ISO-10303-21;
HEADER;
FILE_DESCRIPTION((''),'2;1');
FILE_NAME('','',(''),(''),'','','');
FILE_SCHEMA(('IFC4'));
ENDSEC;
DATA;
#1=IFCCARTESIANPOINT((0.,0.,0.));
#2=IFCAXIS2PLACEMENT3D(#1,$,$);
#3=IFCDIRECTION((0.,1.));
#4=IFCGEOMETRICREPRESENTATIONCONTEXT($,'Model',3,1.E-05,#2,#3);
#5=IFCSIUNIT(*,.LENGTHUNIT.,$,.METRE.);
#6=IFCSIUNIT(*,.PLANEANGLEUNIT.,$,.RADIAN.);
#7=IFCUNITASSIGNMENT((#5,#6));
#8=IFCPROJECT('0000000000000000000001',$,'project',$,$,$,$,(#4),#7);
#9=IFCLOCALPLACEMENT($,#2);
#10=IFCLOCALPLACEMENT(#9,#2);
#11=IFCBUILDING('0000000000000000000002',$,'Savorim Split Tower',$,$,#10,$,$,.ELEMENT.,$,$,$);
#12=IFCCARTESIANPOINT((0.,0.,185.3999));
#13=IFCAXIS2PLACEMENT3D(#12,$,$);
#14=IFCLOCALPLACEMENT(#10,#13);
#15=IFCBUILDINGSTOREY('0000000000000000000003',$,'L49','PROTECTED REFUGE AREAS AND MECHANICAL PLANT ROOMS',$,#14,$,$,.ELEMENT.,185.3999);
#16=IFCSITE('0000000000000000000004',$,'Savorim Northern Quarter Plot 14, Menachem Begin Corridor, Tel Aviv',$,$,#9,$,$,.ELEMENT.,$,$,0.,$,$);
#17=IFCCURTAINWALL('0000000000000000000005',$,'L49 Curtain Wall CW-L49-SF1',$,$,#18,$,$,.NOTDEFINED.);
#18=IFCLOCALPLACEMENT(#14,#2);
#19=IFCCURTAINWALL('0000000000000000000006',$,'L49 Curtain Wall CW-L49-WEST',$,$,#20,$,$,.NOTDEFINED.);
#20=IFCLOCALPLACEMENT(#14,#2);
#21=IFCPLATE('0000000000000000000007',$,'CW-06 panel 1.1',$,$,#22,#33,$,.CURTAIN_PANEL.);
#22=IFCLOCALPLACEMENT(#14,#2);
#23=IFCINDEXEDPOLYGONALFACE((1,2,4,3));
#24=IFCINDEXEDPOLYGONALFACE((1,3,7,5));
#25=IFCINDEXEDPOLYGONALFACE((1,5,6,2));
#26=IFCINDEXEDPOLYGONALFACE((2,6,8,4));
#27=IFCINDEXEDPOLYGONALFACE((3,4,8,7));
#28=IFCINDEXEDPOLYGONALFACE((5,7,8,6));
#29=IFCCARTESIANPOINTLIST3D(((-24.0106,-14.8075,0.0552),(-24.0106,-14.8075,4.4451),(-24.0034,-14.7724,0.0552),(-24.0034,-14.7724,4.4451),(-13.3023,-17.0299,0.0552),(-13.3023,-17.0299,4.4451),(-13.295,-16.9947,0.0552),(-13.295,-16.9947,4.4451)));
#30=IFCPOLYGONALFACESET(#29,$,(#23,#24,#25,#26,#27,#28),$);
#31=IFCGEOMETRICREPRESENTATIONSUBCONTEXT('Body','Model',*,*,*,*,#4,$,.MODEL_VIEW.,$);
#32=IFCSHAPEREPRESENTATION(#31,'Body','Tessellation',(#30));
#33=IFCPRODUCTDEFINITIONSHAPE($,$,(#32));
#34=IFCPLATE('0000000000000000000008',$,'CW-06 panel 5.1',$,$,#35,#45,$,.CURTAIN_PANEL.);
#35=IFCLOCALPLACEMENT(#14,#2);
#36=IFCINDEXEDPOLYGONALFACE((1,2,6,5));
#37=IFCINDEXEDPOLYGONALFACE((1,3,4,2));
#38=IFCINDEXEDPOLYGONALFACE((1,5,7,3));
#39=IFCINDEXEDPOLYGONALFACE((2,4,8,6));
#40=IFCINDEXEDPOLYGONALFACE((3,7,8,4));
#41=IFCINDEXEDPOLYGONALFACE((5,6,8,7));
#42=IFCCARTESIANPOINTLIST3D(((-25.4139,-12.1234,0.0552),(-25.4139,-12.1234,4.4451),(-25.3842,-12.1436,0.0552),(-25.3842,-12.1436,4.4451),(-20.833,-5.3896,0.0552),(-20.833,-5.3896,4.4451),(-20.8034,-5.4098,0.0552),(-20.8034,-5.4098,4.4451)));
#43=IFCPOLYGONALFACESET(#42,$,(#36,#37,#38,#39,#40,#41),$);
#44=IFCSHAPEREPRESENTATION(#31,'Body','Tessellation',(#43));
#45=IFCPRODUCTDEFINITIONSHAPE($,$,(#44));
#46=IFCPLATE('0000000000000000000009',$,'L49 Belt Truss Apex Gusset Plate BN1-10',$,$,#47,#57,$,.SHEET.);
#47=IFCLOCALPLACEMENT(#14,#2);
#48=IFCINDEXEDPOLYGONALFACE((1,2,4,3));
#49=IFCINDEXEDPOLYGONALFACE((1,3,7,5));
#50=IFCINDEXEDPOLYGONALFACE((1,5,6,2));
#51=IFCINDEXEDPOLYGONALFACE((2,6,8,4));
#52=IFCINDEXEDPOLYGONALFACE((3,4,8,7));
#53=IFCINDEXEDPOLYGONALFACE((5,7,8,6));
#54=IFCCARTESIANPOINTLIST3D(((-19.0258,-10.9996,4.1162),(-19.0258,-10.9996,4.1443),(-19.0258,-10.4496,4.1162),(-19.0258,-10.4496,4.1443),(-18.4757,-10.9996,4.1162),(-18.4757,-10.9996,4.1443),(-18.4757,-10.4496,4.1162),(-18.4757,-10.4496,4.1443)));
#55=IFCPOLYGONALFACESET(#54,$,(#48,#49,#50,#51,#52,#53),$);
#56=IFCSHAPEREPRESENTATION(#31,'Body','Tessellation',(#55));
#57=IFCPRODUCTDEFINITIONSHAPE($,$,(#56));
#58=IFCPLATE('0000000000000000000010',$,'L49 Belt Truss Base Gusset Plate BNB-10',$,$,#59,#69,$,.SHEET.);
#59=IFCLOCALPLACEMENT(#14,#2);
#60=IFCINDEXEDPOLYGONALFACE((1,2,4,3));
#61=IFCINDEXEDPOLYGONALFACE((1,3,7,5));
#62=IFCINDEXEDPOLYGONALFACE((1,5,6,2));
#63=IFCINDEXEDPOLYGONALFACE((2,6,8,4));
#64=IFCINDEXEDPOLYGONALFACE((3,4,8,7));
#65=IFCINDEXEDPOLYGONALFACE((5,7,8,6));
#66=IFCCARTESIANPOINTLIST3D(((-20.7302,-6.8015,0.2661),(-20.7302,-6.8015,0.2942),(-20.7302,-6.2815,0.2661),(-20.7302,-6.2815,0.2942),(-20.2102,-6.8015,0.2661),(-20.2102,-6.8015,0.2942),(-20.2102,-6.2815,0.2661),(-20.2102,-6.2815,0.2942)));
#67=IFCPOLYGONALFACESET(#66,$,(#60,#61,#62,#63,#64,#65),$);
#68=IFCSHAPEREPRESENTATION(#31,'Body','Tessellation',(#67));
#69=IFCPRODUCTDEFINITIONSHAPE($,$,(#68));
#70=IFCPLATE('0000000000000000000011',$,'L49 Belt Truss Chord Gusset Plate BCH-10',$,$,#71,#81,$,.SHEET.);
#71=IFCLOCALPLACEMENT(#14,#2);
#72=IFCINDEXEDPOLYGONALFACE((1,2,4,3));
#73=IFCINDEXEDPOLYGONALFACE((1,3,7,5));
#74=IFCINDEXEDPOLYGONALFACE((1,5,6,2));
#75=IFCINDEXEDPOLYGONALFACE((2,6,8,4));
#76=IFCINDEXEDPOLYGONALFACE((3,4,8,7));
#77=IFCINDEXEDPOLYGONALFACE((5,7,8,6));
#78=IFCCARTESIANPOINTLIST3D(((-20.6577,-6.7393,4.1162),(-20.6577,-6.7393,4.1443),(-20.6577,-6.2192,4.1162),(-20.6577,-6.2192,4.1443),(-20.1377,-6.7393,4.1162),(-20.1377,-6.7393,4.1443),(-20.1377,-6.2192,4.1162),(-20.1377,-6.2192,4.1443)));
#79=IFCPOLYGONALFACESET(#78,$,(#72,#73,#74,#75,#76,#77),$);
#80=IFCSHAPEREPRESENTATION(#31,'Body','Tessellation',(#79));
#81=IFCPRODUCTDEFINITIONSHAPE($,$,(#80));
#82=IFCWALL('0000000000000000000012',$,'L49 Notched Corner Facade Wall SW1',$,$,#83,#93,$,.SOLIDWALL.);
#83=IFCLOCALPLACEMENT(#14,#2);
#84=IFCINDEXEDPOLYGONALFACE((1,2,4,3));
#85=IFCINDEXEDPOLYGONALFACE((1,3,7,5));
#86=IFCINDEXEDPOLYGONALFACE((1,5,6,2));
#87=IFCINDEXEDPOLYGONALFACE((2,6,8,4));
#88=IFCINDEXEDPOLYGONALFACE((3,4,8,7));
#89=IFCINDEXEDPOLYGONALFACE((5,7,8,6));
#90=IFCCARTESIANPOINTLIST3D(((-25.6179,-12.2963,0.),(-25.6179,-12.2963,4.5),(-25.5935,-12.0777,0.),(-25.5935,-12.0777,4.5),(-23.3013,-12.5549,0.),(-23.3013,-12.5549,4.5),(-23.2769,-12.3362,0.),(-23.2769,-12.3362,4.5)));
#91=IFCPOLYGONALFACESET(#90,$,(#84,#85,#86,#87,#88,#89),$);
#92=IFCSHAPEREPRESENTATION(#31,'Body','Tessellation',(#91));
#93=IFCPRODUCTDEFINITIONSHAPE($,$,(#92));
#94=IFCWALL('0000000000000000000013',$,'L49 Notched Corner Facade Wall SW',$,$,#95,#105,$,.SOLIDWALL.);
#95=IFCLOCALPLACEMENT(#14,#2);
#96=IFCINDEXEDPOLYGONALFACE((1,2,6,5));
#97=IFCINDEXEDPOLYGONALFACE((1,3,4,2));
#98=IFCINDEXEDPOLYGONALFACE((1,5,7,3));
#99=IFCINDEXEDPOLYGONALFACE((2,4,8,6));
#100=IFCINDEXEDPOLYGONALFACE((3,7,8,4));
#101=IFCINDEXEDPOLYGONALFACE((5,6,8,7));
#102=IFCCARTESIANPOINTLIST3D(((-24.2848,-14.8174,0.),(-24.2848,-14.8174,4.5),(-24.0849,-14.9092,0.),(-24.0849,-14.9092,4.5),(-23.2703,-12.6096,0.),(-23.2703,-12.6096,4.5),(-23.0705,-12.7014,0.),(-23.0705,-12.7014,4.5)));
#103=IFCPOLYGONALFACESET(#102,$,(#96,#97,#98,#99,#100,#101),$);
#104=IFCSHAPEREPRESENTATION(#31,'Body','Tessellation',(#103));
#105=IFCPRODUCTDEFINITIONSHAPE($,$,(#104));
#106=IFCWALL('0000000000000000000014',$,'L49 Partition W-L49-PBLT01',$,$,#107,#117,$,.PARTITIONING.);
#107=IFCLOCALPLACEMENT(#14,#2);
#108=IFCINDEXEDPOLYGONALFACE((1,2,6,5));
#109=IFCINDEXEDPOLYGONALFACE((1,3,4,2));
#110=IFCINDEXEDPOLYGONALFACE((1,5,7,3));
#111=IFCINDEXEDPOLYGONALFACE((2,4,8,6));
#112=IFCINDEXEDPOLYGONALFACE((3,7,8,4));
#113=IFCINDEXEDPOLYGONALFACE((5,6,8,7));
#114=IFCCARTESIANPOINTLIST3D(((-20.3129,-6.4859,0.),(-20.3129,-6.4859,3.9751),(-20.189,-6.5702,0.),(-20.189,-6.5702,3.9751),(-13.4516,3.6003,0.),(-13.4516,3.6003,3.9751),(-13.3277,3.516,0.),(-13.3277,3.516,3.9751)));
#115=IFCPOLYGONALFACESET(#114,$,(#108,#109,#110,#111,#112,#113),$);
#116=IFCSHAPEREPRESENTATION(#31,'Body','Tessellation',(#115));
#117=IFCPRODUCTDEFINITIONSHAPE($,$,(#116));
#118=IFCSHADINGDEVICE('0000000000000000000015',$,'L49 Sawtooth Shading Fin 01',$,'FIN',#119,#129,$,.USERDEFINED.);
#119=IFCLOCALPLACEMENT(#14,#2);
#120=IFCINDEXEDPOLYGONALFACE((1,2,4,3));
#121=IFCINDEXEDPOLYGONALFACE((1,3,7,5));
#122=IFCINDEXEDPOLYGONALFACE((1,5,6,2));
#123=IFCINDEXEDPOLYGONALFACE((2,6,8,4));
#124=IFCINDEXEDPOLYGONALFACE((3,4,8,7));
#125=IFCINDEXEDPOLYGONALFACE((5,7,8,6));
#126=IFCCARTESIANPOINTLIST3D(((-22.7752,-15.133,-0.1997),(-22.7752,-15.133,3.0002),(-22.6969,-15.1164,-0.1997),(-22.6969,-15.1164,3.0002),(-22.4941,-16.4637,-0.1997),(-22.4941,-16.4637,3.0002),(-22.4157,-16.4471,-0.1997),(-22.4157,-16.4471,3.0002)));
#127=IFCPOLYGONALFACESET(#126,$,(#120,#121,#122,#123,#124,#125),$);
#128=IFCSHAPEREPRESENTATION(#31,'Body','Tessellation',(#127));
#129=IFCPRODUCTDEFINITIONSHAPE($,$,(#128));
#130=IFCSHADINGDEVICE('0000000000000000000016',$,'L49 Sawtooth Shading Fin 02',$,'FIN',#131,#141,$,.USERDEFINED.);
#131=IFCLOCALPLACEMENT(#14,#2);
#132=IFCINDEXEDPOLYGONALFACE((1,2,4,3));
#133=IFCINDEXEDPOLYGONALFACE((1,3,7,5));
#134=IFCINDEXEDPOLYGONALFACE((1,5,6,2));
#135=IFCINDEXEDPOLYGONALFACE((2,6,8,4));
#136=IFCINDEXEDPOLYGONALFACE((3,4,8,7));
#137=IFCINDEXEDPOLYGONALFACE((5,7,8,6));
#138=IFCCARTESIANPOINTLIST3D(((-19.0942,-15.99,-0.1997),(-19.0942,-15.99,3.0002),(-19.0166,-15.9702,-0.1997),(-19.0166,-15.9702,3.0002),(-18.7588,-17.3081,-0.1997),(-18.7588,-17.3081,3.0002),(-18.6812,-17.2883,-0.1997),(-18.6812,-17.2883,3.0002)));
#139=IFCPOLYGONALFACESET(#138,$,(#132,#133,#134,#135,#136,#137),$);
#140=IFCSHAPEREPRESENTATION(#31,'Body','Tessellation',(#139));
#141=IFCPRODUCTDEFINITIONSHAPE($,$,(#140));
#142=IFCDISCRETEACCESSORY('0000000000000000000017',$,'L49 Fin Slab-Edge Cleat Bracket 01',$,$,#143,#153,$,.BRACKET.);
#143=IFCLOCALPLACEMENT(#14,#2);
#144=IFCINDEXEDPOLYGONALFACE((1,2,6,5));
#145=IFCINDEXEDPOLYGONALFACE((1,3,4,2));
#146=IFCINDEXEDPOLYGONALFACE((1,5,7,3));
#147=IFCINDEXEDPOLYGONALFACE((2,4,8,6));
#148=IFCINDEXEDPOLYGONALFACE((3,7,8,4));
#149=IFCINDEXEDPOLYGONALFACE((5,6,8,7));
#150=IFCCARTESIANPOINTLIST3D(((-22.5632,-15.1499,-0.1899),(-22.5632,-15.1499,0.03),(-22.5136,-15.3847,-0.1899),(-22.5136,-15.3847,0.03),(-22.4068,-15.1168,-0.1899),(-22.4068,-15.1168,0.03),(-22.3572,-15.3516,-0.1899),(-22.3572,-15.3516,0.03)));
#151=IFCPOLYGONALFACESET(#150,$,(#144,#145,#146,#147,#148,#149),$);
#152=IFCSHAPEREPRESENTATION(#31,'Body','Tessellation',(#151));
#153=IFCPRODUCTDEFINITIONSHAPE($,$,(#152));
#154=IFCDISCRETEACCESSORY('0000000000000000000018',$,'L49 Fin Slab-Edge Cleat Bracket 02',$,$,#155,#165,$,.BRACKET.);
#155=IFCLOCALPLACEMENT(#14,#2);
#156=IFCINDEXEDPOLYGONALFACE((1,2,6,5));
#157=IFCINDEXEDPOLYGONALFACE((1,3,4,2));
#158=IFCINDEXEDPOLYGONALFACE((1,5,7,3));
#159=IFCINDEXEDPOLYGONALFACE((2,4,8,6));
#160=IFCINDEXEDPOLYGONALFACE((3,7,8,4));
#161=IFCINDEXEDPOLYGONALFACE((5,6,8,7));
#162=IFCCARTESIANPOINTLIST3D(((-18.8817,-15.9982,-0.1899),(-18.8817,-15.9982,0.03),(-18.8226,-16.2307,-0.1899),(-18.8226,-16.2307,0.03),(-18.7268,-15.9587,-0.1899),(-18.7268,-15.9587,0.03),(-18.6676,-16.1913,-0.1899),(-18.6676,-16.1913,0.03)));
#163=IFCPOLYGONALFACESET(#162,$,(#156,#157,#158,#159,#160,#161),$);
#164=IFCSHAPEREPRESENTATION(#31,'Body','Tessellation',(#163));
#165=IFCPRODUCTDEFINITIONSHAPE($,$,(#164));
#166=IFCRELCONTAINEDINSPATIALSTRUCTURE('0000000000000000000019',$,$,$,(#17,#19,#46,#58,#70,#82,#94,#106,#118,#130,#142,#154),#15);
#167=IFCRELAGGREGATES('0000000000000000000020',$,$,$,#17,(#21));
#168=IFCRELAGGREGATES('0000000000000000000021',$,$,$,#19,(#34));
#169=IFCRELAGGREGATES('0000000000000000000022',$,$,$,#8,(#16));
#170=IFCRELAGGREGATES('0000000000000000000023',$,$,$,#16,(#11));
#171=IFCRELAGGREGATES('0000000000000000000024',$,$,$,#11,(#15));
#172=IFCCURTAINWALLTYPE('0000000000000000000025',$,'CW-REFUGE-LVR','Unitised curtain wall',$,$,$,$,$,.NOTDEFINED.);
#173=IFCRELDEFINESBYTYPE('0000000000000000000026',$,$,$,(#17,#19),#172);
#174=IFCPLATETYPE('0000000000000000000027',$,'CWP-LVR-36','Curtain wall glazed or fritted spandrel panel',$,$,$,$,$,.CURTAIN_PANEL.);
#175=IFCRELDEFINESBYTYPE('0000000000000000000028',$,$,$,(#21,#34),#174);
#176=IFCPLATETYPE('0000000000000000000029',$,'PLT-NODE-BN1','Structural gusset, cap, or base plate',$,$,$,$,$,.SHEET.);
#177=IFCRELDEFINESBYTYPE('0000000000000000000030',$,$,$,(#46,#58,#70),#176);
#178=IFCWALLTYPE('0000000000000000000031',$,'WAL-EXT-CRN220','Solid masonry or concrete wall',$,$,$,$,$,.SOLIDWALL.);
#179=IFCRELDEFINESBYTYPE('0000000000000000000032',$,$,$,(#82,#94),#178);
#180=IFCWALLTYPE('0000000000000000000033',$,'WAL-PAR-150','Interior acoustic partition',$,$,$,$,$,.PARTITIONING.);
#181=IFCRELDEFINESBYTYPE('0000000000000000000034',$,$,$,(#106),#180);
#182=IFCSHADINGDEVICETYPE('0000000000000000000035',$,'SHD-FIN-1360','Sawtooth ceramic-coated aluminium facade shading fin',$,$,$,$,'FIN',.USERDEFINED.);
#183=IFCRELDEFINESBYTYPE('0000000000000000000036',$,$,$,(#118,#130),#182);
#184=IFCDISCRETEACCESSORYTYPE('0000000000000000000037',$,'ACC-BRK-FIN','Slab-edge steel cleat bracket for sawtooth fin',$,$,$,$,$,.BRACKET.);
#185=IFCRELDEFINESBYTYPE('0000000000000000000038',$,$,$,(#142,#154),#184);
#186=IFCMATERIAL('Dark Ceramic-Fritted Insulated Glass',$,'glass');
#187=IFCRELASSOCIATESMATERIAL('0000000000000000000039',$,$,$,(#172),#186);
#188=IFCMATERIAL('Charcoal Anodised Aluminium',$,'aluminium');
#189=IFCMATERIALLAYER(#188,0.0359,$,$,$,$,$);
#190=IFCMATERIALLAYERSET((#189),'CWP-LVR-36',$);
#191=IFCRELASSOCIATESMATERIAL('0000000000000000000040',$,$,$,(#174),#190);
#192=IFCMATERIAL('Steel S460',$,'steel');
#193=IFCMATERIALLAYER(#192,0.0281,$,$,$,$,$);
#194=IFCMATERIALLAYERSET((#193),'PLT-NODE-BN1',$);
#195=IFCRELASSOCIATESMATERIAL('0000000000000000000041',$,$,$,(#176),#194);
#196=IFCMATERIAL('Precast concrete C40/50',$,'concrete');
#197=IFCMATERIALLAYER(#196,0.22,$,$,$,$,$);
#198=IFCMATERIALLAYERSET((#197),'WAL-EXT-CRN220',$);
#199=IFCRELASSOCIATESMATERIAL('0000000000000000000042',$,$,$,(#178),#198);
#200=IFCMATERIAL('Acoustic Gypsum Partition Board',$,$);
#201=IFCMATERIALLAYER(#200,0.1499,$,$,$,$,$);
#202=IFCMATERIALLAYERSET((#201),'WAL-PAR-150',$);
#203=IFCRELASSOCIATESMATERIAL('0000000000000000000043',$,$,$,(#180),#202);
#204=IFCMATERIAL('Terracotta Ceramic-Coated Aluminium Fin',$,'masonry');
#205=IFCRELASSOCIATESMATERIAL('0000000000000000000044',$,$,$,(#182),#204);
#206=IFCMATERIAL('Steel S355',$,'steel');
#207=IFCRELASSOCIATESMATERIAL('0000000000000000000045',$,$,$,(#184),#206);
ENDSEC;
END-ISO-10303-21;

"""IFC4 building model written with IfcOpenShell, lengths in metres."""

from ifc_helpers import new_model, si_unit, direction, frame, frame_2d, origin, origin_2d, place, context, subcontext, project, spatial, rectangle, extrude, material, layer, layer_set, type_object, element, aggregate, save


model = new_model("IFC4")

# Units and contexts
model_context = context("Model", 3, precision=1e-05, world=origin(), true_north=direction((0.0, 1.0)))
body_context = subcontext(model_context, "Body", "Model", "MODEL_VIEW")
ifc_project = project(units=[si_unit("LENGTHUNIT", "METRE"), si_unit("PLANEANGLEUNIT", "RADIAN")], contexts=[model_context])

# Site, building, storey
site_placement = place(None, origin())
site = spatial("IfcSite", under=ifc_project, at=site_placement, Name="Savorim Northern Quarter Plot 14, Menachem Begin Corridor, Tel Aviv", CompositionType="ELEMENT", RefElevation=0.0)
building_placement = place(site_placement, origin())
building = spatial("IfcBuilding", under=site, at=building_placement, Name="Savorim Split Tower", CompositionType="ELEMENT")
storey_placement = place(building_placement, frame((0.0, 0.0, 185.3999)))
storey = spatial("IfcBuildingStorey", under=building, at=storey_placement, Name="L49", Description="PROTECTED REFUGE AREAS AND MECHANICAL PLANT ROOMS", CompositionType="ELEMENT", Elevation=185.3999)

# Shared definitions
ifc_material_1 = material(Name="Steel S355", Category="steel")

# Curtain walls
ifc_material_2 = material(Name="Dark Ceramic-Fritted Insulated Glass", Category="glass")
curtain_wall_type = type_object("IfcCurtainWallType", Name="CW-REFUGE-LVR", Description="Unitised curtain wall", PredefinedType="NOTDEFINED", material=ifc_material_2)
curtain_wall_1_placement = place(storey_placement, origin())
curtain_wall_1 = element("IfcCurtainWall", 1, at=curtain_wall_1_placement, inside=storey, type_object=curtain_wall_type, Name="L49 Curtain Wall CW-L49-SF1", PredefinedType="NOTDEFINED")
ifc_material_3 = material(Name="Charcoal Anodised Aluminium", Category="aluminium")
curtain_wall_2_placement = place(storey_placement, origin())
curtain_wall_2 = element("IfcCurtainWall", 2, at=curtain_wall_2_placement, inside=storey, type_object=curtain_wall_type, Name="L49 Curtain Wall CW-L49-WEST", PredefinedType="NOTDEFINED")

# Shared definitions
ifc_material_4 = material(Name="Steel S460", Category="steel")

# Plates
ifc_layer_1 = layer(ifc_material_3, 0.0359)
ifc_layer_set_1 = layer_set([ifc_layer_1], Name="CWP-LVR-36")
plate_type_1 = type_object("IfcPlateType", Name="CWP-LVR-36", Description="Curtain wall glazed or fritted spandrel panel", PredefinedType="CURTAIN_PANEL", material=ifc_layer_set_1)
plate_1_placement = place(storey_placement, frame((-18.6528, -15.9011, 0.0552), z_axis=(0.0, 0.0, 1.0), x_axis=(0.979136, -0.203208, 0.0)))
plate_1 = element("IfcPlate", 3, at=plate_1_placement, type_object=plate_type_1, Name="CW-06 panel 1.1", PredefinedType="CURTAIN_PANEL", context=body_context, shape_type="SweptSolid", body=[
    extrude(rectangle(XDim=10.9365, YDim=0.0359, at=origin_2d()), origin(), (0.0, 0.0, 1.0), 4.3899),
])
aggregate(curtain_wall_1, [plate_1])
plate_2_placement = place(storey_placement, frame((-23.1086, -8.7666, 0.0552), z_axis=(0.0, 0.0, 1.0), x_axis=(-0.562466, -0.82682, 0.0)))
plate_2 = element("IfcPlate", 4, at=plate_2_placement, type_object=plate_type_1, Name="CW-06 panel 5.1", PredefinedType="CURTAIN_PANEL", context=body_context, shape_type="SweptSolid", body=[
    extrude(rectangle(XDim=8.1443, YDim=0.0359, at=origin_2d()), origin(), (0.0, 0.0, 1.0), 4.3899),
])
aggregate(curtain_wall_2, [plate_2])

# Plates
ifc_layer_2 = layer(ifc_material_4, 0.0281)
ifc_layer_set_2 = layer_set([ifc_layer_2], Name="PLT-NODE-BN1")
plate_type_2 = type_object("IfcPlateType", Name="PLT-NODE-BN1", Description="Structural gusset, cap, or base plate", PredefinedType="SHEET", material=ifc_layer_set_2)
plate_3_placement = place(storey_placement, frame((-18.7507, -10.7246, 4.1162), z_axis=(0.0, 0.0, 1.0), x_axis=(1.0, 0.0, 0.0)))
element("IfcPlate", 5, at=plate_3_placement, inside=storey, type_object=plate_type_2, Name="L49 Belt Truss Apex Gusset Plate BN1-10", PredefinedType="SHEET", context=body_context, shape_type="SweptSolid", body=[
    extrude(rectangle(XDim=0.55, YDim=0.55, at=origin_2d()), origin(), (0.0, 0.0, 1.0), 0.0281),
])
for number, where, z_axis, x_axis, name in (
    (6, (-20.4702, -6.5415, 0.2661), (0.0, 0.0, 1.0), (1.0, 0.0, 0.0), "L49 Belt Truss Base Gusset Plate BNB-10"),
    (7, (-20.3977, -6.4792, 4.1162), (0.0, 0.0, 1.0), (1.0, 0.0, 0.0), "L49 Belt Truss Chord Gusset Plate BCH-10"),
):
    element("IfcPlate", number, at=place(storey_placement, frame(where, z_axis=z_axis, x_axis=x_axis)), inside=storey, type_object=plate_type_2, Name=name, PredefinedType="SHEET", context=body_context, shape_type="SweptSolid", body=[
        extrude(rectangle(XDim=0.52, YDim=0.52, at=origin_2d()), origin(), (0.0, 0.0, 1.0), 0.0281),
    ])

# Walls
ifc_material_5 = material(Name="Precast concrete C40/50", Category="concrete")
ifc_layer_3 = layer(ifc_material_5, 0.22)
ifc_layer_set_3 = layer_set([ifc_layer_3], Name="WAL-EXT-CRN220")
wall_type_1 = type_object("IfcWallType", Name="WAL-EXT-CRN220", Description="Solid masonry or concrete wall", PredefinedType="SOLIDWALL", material=ifc_layer_set_3)
wall_1_placement = place(storey_placement, frame((-23.2891, -12.4456, 0.0), z_axis=(0.0, 0.0, 1.0), x_axis=(-0.99383, 0.110914, 0.0)))
element("IfcWall", 8, at=wall_1_placement, inside=storey, type_object=wall_type_1, Name="L49 Notched Corner Facade Wall SW1", PredefinedType="SOLIDWALL", context=body_context, shape_type="SweptSolid", body=[
    extrude(rectangle(XDim=2.3311, YDim=0.22, at=frame_2d((1.1655, 0.0))), origin(), (0.0, 0.0, 1.0), 4.5),
])
wall_2_placement = place(storey_placement, frame((-24.1848, -14.8633, 0.0), z_axis=(0.0, 0.0, 1.0), x_axis=(0.417509, 0.908673, 0.0)))
element("IfcWall", 9, at=wall_2_placement, inside=storey, type_object=wall_type_1, Name="L49 Notched Corner Facade Wall SW", PredefinedType="SOLIDWALL", context=body_context, shape_type="SweptSolid", body=[
    extrude(rectangle(XDim=2.4297, YDim=0.22, at=frame_2d((1.2148, 0.0))), origin(), (0.0, 0.0, 1.0), 4.5),
])
ifc_material_6 = material(Name="Acoustic Gypsum Partition Board")
ifc_layer_4 = layer(ifc_material_6, 0.1499)
ifc_layer_set_4 = layer_set([ifc_layer_4], Name="WAL-PAR-150")
wall_type_2 = type_object("IfcWallType", Name="WAL-PAR-150", Description="Interior acoustic partition", PredefinedType="PARTITIONING", material=ifc_layer_set_4)
wall_3_placement = place(storey_placement, frame((-20.251, -6.5281, 0.0), z_axis=(0.0, 0.0, 1.0), x_axis=(0.562463, 0.826823, 0.0)))
element("IfcWall", 10, at=wall_3_placement, inside=storey, type_object=wall_type_2, Name="L49 Partition W-L49-PBLT01", PredefinedType="PARTITIONING", context=body_context, shape_type="SweptSolid", body=[
    extrude(rectangle(XDim=12.1987, YDim=0.1499, at=frame_2d((6.0994, 0.0))), origin(), (0.0, 0.0, 1.0), 3.9751),
])

# Shading devices
ifc_material_7 = material(Name="Terracotta Ceramic-Coated Aluminium Fin", Category="masonry")
shading_device_type = type_object("IfcShadingDeviceType", Name="SHD-FIN-1360", Description="Sawtooth ceramic-coated aluminium facade shading fin", ElementType="FIN", PredefinedType="USERDEFINED", material=ifc_material_7)
for number, where, z_axis, x_axis, name in (
    (11, (-22.5955, -15.79, -0.1997), (0.0, 0.0, 1.0), (0.206722, -0.9784, 0.0), "L49 Sawtooth Shading Fin 01"),
    (12, (-18.8877, -16.6392, -0.1997), (0.0, 0.0, 1.0), (0.246581, -0.969122, 0.0), "L49 Sawtooth Shading Fin 02"),
):
    element("IfcShadingDevice", number, at=place(storey_placement, frame(where, z_axis=z_axis, x_axis=x_axis)), inside=storey, type_object=shading_device_type, Name=name, ObjectType="FIN", PredefinedType="USERDEFINED", context=body_context, shape_type="SweptSolid", body=[
        extrude(rectangle(XDim=1.3601, YDim=0.0801, at=origin_2d()), origin(), (0.0, 0.0, 1.0), 3.2),
    ])

# Discrete accessories
discrete_accessory_type = type_object("IfcDiscreteAccessoryType", Name="ACC-BRK-FIN", Description="Slab-edge steel cleat bracket for sawtooth fin", PredefinedType="BRACKET", material=ifc_material_1)
for number, where, z_axis, x_axis, name in (
    (13, (-22.4602, -15.2507, -0.1899), (0.0, 0.0, 1.0), (0.206722, -0.9784, 0.0), "L49 Fin Slab-Edge Cleat Bracket 01"),
    (14, (-18.7747, -16.0947, -0.1899), (0.0, 0.0, 1.0), (0.246581, -0.969122, 0.0), "L49 Fin Slab-Edge Cleat Bracket 02"),
):
    element("IfcDiscreteAccessory", number, at=place(storey_placement, frame(where, z_axis=z_axis, x_axis=x_axis)), inside=storey, type_object=discrete_accessory_type, Name=name, PredefinedType="BRACKET", context=body_context, shape_type="SweptSolid", body=[
        extrude(rectangle(XDim=0.24, YDim=0.1599, at=origin_2d()), origin(), (0.0, 0.0, 1.0), 0.22),
    ])

save(model, "model.ifc")
